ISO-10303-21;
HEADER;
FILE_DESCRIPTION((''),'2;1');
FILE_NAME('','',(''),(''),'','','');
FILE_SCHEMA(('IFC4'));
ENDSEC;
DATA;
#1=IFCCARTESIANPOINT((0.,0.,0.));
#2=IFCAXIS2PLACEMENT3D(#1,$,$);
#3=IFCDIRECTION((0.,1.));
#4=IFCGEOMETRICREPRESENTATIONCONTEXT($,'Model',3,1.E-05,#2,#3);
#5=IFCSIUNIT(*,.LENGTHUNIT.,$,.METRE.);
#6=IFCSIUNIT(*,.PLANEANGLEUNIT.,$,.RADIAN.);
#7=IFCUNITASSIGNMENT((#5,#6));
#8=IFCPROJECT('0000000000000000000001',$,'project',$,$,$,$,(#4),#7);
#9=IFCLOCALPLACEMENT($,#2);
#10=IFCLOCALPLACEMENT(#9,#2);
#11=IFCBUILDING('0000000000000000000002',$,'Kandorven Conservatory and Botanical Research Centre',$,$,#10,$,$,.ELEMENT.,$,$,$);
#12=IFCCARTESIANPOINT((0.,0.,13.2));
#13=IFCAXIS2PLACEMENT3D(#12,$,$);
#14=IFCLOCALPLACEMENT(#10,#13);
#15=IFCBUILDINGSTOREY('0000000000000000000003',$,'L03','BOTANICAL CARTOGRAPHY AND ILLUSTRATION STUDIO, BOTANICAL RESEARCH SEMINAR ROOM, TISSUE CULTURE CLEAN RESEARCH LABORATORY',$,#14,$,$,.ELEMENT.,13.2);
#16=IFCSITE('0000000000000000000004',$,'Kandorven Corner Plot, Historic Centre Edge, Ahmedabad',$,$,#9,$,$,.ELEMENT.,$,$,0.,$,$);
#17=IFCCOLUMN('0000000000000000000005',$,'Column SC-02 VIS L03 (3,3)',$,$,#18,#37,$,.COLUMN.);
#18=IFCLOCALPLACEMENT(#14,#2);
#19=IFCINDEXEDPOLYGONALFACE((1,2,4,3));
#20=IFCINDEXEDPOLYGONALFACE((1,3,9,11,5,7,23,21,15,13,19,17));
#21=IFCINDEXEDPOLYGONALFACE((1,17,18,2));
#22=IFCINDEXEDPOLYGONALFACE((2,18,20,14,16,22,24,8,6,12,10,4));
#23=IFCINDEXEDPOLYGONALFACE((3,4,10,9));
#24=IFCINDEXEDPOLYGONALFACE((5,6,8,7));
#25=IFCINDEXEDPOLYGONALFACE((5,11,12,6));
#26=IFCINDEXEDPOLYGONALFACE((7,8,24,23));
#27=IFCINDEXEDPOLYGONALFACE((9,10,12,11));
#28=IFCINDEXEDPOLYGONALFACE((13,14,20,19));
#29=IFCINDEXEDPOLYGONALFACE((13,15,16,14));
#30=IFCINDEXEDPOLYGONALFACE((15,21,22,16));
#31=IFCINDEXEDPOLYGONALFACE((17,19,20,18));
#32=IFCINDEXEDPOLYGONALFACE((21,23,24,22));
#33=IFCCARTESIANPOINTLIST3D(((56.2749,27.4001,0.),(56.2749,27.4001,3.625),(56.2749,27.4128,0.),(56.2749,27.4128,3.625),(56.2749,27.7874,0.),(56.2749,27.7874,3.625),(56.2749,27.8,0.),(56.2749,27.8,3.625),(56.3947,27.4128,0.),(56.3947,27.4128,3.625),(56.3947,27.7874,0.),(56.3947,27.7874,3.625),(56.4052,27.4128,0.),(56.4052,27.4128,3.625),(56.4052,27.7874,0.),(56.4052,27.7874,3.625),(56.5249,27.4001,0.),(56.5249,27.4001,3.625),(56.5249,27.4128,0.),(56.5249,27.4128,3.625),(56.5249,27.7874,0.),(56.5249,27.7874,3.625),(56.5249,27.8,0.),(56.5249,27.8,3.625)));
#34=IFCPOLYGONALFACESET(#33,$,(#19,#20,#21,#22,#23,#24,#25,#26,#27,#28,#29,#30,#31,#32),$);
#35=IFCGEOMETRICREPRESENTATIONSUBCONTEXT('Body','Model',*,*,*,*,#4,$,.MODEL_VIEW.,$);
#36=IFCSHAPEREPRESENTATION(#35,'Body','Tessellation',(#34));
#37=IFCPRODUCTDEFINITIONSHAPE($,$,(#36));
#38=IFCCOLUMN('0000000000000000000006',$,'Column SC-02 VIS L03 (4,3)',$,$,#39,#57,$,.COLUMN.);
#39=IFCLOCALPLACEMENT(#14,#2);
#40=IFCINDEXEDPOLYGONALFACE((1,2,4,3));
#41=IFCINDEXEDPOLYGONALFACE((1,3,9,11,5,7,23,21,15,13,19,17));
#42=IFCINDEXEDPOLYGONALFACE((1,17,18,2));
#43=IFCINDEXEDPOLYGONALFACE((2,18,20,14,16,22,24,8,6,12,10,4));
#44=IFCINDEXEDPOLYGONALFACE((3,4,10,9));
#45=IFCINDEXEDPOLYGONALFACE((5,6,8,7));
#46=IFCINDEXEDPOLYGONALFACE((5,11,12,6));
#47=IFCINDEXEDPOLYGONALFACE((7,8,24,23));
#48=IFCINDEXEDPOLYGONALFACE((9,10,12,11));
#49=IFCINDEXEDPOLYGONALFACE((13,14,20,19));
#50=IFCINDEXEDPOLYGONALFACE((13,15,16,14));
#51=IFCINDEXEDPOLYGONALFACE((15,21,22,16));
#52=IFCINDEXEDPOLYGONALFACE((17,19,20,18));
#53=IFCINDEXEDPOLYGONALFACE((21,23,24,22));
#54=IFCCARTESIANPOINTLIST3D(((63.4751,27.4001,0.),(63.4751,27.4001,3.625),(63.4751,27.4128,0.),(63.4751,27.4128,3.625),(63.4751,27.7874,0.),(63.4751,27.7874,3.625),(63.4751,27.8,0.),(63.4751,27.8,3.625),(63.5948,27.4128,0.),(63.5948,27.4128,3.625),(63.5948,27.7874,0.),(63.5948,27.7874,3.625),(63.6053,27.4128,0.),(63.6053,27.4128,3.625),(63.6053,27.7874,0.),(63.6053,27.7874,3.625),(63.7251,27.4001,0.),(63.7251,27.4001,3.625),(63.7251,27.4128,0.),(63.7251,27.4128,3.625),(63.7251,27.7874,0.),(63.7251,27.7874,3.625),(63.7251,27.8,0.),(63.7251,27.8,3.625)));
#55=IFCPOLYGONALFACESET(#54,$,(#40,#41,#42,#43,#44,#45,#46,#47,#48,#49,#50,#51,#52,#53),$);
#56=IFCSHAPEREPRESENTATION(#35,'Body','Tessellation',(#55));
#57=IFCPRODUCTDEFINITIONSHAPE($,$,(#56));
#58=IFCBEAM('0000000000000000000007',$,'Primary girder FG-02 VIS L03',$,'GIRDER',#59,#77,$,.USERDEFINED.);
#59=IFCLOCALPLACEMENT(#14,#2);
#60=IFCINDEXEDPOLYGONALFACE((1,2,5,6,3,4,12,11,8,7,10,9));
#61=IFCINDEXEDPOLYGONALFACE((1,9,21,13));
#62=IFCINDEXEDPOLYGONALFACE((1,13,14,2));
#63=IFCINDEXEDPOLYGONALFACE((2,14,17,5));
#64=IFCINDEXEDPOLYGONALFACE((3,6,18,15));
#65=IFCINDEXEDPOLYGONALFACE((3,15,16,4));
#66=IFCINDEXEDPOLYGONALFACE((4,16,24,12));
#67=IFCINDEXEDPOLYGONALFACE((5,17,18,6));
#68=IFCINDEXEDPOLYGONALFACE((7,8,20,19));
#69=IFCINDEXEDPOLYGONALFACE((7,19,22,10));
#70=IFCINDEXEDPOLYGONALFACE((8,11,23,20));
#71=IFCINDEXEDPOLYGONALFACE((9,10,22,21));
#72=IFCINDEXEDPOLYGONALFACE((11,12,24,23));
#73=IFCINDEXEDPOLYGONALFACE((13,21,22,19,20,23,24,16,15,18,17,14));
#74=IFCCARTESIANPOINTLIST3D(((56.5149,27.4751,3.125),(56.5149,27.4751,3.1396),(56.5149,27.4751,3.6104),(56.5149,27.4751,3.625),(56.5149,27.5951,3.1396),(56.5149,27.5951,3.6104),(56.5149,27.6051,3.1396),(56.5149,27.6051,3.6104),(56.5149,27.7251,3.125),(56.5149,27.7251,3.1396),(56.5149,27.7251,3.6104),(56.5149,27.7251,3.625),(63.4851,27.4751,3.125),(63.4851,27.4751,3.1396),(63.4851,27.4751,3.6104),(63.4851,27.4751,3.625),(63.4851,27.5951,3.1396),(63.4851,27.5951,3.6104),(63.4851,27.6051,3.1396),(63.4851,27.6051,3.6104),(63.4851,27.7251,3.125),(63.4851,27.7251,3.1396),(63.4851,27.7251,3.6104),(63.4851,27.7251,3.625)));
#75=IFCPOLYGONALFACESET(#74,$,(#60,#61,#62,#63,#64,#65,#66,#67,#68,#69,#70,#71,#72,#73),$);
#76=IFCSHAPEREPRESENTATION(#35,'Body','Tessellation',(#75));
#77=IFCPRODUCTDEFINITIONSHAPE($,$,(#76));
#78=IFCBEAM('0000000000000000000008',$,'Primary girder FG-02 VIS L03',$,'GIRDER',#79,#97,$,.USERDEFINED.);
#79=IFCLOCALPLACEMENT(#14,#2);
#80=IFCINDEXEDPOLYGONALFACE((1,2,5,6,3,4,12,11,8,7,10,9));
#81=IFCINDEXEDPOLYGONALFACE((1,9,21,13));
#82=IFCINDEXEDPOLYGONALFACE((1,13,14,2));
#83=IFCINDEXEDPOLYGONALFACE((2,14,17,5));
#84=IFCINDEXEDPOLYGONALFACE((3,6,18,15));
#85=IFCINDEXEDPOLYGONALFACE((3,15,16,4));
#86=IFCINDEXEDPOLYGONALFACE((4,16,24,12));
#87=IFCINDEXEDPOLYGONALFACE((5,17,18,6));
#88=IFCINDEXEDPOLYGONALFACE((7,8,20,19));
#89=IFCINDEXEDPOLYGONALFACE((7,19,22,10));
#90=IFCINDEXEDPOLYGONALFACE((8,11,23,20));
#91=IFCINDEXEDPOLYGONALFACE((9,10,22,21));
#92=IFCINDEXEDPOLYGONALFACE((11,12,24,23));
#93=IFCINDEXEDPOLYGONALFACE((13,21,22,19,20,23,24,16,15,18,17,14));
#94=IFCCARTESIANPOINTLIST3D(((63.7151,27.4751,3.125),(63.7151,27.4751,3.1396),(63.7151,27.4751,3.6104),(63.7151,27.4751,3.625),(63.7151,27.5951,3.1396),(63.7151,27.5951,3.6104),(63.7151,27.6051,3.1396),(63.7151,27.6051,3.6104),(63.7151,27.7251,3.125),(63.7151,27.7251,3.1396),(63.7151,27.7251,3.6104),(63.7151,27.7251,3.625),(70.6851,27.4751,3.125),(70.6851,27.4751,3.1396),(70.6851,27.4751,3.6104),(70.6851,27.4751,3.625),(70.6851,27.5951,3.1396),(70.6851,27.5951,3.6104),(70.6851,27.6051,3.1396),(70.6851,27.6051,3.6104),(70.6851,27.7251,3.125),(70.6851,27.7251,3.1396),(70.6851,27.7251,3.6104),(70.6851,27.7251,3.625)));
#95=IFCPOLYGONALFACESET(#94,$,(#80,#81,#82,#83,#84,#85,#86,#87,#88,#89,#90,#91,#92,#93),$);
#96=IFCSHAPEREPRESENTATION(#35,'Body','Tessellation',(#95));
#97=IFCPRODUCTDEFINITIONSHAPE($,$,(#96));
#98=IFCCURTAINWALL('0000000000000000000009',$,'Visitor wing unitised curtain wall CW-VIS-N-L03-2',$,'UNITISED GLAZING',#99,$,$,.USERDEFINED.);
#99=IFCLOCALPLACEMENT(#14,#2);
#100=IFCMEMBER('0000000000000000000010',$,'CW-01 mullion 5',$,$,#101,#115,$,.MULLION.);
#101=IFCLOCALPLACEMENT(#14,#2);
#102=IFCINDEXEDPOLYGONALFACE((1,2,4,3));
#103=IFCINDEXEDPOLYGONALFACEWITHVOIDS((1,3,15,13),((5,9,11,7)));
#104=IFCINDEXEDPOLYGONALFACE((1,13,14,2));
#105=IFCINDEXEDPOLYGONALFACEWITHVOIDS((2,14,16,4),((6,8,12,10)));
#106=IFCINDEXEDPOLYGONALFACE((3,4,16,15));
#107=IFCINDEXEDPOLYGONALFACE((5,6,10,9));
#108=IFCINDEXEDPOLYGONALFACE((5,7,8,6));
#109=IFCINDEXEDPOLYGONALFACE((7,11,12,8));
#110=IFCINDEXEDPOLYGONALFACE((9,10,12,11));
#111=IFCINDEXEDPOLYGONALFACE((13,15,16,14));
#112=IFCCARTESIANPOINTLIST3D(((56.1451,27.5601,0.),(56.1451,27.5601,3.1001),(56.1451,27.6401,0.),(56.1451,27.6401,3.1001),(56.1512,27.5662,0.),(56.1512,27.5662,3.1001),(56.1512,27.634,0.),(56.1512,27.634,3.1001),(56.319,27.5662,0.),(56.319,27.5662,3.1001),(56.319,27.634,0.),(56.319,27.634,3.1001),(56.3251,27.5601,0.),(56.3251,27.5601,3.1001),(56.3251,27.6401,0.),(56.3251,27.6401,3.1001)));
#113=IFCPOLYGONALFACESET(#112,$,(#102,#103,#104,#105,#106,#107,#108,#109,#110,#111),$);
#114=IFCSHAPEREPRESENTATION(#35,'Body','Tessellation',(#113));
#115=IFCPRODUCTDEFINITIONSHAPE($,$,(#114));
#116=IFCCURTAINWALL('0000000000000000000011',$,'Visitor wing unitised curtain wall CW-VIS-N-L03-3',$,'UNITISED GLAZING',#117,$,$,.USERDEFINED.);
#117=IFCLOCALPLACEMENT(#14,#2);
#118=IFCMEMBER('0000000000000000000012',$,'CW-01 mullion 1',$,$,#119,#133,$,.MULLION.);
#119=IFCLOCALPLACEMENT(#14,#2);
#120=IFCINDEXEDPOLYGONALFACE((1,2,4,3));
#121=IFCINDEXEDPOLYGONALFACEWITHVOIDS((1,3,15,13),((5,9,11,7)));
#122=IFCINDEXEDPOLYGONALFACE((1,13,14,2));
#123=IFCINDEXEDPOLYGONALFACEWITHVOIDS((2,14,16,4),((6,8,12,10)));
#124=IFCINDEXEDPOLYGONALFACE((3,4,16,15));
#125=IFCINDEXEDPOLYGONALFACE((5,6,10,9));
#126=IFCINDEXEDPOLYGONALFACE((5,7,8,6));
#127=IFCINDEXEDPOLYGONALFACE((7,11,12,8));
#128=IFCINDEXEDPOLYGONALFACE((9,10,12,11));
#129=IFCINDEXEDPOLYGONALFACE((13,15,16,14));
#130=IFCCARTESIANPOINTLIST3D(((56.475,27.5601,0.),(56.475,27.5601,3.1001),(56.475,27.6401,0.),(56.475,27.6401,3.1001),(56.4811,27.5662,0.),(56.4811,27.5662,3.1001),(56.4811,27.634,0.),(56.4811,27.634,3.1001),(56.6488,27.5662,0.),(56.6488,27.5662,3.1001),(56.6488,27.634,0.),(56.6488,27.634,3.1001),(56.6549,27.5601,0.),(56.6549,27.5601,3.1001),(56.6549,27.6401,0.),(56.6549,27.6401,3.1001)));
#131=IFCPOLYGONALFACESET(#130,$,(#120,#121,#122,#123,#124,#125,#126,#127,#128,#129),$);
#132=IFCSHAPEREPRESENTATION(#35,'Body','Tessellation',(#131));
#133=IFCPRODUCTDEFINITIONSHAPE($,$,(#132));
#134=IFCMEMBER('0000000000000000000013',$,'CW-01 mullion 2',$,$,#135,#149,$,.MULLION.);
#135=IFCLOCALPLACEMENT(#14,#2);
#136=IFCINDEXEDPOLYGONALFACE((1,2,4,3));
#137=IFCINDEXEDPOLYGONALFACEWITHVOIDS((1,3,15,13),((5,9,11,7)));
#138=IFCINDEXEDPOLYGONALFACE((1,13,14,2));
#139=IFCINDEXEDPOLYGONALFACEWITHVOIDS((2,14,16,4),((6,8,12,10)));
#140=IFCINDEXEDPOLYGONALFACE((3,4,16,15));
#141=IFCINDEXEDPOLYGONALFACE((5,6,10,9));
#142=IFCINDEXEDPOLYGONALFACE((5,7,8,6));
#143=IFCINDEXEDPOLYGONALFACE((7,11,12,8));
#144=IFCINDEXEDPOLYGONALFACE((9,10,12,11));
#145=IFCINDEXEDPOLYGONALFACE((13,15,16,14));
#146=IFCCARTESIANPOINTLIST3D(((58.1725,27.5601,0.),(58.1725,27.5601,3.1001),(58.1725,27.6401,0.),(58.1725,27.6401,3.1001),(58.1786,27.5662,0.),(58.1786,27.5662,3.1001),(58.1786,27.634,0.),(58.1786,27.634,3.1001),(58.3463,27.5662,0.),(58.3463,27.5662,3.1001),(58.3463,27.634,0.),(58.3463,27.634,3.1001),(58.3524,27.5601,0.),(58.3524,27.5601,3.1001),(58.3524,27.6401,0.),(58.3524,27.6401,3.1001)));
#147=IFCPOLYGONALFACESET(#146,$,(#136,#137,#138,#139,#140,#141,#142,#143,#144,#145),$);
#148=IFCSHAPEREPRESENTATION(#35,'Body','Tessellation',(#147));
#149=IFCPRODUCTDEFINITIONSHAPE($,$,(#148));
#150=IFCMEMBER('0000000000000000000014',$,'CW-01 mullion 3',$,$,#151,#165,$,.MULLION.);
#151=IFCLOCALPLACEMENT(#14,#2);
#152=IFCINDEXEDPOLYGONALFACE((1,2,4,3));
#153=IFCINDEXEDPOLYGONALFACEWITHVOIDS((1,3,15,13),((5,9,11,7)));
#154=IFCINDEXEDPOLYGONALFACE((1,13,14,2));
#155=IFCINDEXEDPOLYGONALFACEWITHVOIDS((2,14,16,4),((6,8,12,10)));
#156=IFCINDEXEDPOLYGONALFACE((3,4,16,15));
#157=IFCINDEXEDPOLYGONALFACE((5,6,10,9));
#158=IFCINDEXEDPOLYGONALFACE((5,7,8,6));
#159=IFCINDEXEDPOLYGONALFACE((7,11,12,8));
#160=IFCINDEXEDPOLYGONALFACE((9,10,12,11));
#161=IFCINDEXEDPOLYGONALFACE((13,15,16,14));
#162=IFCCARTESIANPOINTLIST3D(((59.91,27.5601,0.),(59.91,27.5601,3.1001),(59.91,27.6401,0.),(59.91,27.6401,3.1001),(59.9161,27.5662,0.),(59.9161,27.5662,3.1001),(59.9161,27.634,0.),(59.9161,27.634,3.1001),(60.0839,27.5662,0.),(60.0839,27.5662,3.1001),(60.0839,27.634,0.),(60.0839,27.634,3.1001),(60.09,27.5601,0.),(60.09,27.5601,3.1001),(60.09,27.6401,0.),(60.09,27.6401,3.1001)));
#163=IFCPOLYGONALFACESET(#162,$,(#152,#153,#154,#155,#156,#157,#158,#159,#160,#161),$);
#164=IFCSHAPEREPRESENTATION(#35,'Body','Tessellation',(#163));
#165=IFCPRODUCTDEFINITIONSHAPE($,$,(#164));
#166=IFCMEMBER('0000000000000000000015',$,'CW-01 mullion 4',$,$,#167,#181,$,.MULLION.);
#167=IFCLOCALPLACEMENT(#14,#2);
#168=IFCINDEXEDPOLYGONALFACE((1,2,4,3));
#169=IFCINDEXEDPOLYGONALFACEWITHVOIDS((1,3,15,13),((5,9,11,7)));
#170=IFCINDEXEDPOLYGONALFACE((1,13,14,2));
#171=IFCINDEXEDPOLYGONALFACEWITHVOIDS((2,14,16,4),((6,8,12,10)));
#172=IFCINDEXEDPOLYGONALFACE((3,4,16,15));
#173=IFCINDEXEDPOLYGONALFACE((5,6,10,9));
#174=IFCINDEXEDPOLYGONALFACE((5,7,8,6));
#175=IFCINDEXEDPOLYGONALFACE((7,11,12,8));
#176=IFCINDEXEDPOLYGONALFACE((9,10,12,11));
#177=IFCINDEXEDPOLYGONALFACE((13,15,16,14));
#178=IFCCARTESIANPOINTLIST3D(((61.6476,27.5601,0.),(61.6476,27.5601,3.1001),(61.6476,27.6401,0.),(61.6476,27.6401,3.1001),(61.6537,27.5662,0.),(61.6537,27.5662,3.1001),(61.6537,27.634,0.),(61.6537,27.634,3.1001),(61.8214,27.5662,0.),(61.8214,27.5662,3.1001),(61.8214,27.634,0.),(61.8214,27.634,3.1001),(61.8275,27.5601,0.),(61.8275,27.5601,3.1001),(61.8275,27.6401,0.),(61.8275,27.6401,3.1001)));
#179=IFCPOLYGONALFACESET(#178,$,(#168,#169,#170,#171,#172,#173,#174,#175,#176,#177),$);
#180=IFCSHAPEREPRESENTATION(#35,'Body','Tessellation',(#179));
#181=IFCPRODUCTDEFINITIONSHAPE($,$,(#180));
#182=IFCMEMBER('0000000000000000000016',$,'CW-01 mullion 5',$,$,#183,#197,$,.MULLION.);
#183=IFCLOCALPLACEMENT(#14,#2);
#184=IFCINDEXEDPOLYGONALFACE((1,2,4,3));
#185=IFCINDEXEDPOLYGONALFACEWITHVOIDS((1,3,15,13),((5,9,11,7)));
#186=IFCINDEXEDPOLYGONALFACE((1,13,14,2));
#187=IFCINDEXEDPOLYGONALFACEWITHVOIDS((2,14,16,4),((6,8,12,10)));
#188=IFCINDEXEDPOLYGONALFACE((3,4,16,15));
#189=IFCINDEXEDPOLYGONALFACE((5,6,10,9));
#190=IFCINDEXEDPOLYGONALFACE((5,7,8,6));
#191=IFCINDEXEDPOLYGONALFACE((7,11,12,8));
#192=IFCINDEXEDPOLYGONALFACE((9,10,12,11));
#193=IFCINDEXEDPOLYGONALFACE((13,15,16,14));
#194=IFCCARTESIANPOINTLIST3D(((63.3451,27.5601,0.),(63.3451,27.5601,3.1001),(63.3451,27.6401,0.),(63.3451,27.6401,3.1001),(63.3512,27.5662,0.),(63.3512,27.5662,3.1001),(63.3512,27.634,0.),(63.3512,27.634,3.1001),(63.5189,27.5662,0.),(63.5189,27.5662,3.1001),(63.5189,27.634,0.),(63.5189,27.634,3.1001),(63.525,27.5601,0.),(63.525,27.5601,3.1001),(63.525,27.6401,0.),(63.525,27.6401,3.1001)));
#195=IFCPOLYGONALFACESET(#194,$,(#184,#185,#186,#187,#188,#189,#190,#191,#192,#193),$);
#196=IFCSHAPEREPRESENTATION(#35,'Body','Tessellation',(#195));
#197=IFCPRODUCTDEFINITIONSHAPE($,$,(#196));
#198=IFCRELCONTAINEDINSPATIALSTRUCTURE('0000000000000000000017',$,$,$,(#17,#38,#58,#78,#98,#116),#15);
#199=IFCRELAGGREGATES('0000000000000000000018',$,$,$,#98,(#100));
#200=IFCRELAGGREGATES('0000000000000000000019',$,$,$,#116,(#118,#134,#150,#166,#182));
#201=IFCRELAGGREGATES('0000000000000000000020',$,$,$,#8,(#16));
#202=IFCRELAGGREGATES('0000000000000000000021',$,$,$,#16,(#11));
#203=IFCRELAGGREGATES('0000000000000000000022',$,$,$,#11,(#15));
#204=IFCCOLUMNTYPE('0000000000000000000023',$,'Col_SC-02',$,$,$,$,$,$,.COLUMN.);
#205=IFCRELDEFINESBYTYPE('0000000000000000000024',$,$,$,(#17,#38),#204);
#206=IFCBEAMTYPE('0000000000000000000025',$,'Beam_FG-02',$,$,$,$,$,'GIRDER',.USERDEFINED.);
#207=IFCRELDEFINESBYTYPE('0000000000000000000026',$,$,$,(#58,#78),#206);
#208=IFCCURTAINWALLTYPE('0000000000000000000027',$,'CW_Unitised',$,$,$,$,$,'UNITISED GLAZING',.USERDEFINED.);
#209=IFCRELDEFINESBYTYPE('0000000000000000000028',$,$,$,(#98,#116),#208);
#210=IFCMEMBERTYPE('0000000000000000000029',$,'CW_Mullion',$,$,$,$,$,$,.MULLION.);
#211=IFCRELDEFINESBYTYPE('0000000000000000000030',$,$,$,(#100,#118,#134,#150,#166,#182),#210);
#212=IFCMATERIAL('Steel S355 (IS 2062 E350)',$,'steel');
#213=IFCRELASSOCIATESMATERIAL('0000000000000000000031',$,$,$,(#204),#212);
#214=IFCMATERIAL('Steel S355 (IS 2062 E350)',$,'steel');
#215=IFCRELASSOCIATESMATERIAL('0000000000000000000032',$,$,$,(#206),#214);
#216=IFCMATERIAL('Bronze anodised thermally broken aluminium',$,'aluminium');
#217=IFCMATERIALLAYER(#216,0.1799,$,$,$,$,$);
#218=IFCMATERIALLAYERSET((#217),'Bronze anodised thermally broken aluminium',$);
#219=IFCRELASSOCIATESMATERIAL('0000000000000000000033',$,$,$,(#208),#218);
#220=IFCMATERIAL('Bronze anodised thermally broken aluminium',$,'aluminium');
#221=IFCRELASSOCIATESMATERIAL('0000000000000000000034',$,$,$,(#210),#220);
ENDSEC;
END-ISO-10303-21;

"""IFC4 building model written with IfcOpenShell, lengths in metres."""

from ifc_helpers import new_model, si_unit, direction, frame, origin, origin_2d, place, context, subcontext, project, spatial, hollow_rectangle, i_section, extrude, material, layer, layer_set, material_profile, profile_set, type_object, element, aggregate, save


model = new_model("IFC4")

# Units and contexts
model_context = context("Model", 3, precision=1e-05, world=origin(), true_north=direction((0.0, 1.0)))
body_context = subcontext(model_context, "Body", "Model", "MODEL_VIEW")
ifc_project = project(units=[si_unit("LENGTHUNIT", "METRE"), si_unit("PLANEANGLEUNIT", "RADIAN")], contexts=[model_context])

# Site, building, storey
site_placement = place(None, origin())
site = spatial("IfcSite", under=ifc_project, at=site_placement, Name="Kandorven Corner Plot, Historic Centre Edge, Ahmedabad", CompositionType="ELEMENT", RefElevation=0.0)
building_placement = place(site_placement, origin())
building = spatial("IfcBuilding", under=site, at=building_placement, Name="Kandorven Conservatory and Botanical Research Centre", CompositionType="ELEMENT")
storey_placement = place(building_placement, frame((0.0, 0.0, 13.2)))
storey = spatial("IfcBuildingStorey", under=building, at=storey_placement, Name="L03", Description="BOTANICAL CARTOGRAPHY AND ILLUSTRATION STUDIO, BOTANICAL RESEARCH SEMINAR ROOM, TISSUE CULTURE CLEAN RESEARCH LABORATORY", CompositionType="ELEMENT", Elevation=13.2)

# Columns
ifc_material_1 = material(Name="Steel S355 (IS 2062 E350)", Category="steel")
ifc_material_profile_1 = material_profile(ifc_material_1, i_section(OverallWidth=0.25, OverallDepth=0.3999, WebThickness=0.0105, FlangeThickness=0.0127, at=origin_2d()))
ifc_profile_set_1 = profile_set([ifc_material_profile_1], Name="Steel S355 (IS 2062 E350)")
column_type = type_object("IfcColumnType", Name="Col_SC-02", PredefinedType="COLUMN", material=ifc_profile_set_1)
for number, where, z_axis, x_axis, name in (
    (1, (56.3999, 27.6001, 0.0), (0.0, 0.0, 1.0), (1.0, 0.0, 0.0), "Column SC-02 VIS L03 (3,3)"),
    (2, (63.6001, 27.6001, 0.0), (0.0, 0.0, 1.0), (1.0, 0.0, 0.0), "Column SC-02 VIS L03 (4,3)"),
):
    element("IfcColumn", number, at=place(storey_placement, frame(where, z_axis=z_axis, x_axis=x_axis)), inside=storey, type_object=column_type, Name=name, PredefinedType="COLUMN", context=body_context, shape_type="SweptSolid", body=[
        extrude(i_section(OverallWidth=0.25, OverallDepth=0.3999, WebThickness=0.0105, FlangeThickness=0.0127, at=origin_2d()), origin(), (0.0, 0.0, 1.0), 3.625),
    ])

# Beams
ifc_material_2 = material(Name="Steel S355 (IS 2062 E350)", Category="steel")
ifc_material_profile_2 = material_profile(ifc_material_2, i_section(OverallWidth=0.25, OverallDepth=0.5, WebThickness=0.01, FlangeThickness=0.0146, at=origin_2d()))
ifc_profile_set_2 = profile_set([ifc_material_profile_2], Name="Steel S355 (IS 2062 E350)")
beam_type = type_object("IfcBeamType", Name="Beam_FG-02", ElementType="GIRDER", PredefinedType="USERDEFINED", material=ifc_profile_set_2)
beam_1_placement = place(storey_placement, frame((56.5149, 27.6001, 3.375), z_axis=(1.0, 0.0, 0.0), x_axis=(0.0, 1.0, 0.0)))
element("IfcBeam", 3, at=beam_1_placement, inside=storey, type_object=beam_type, Name="Primary girder FG-02 VIS L03", ObjectType="GIRDER", PredefinedType="USERDEFINED", context=body_context, shape_type="SweptSolid", body=[
    extrude(i_section(OverallWidth=0.25, OverallDepth=0.5, WebThickness=0.01, FlangeThickness=0.0146, at=origin_2d()), origin(), (0.0, 0.0, 1.0), 6.9702),
])
beam_2_placement = place(storey_placement, frame((63.7151, 27.6001, 3.375), z_axis=(1.0, 0.0, 0.0), x_axis=(0.0, 1.0, 0.0)))
element("IfcBeam", 4, at=beam_2_placement, inside=storey, type_object=beam_type, Name="Primary girder FG-02 VIS L03", ObjectType="GIRDER", PredefinedType="USERDEFINED", context=body_context, shape_type="SweptSolid", body=[
    extrude(i_section(OverallWidth=0.25, OverallDepth=0.5, WebThickness=0.01, FlangeThickness=0.0146, at=origin_2d()), origin(), (0.0, 0.0, 1.0), 6.97),
])

# Curtain wall, member
ifc_material_3 = material(Name="Bronze anodised thermally broken aluminium", Category="aluminium")
ifc_layer_1 = layer(ifc_material_3, 0.1799)
ifc_layer_set_1 = layer_set([ifc_layer_1], Name="Bronze anodised thermally broken aluminium")
curtain_wall_type = type_object("IfcCurtainWallType", Name="CW_Unitised", ElementType="UNITISED GLAZING", PredefinedType="USERDEFINED", material=ifc_layer_set_1)
curtain_wall_1_placement = place(storey_placement, origin())
curtain_wall_1 = element("IfcCurtainWall", 5, at=curtain_wall_1_placement, inside=storey, type_object=curtain_wall_type, Name="Visitor wing unitised curtain wall CW-VIS-N-L03-2", ObjectType="UNITISED GLAZING", PredefinedType="USERDEFINED")
ifc_material_4 = material(Name="Bronze anodised thermally broken aluminium", Category="aluminium")
ifc_material_profile_3 = material_profile(ifc_material_4, hollow_rectangle(XDim=0.0801, YDim=0.1799, WallThickness=0.0061, at=origin_2d()))
ifc_profile_set_3 = profile_set([ifc_material_profile_3], Name="Bronze anodised thermally broken aluminium")
member_type_1 = type_object("IfcMemberType", Name="CW_Mullion", PredefinedType="MULLION", material=ifc_profile_set_3)
member_1_placement = place(storey_placement, frame((56.2351, 27.6001, 0.0), z_axis=(0.0, 0.0, 1.0), x_axis=(0.0, 1.0, 0.0)))
member_1 = element("IfcMember", 6, at=member_1_placement, type_object=member_type_1, Name="CW-01 mullion 5", PredefinedType="MULLION", context=body_context, shape_type="SweptSolid", body=[
    extrude(hollow_rectangle(XDim=0.0801, YDim=0.1799, WallThickness=0.0061, at=origin_2d()), origin(), (0.0, 0.0, 1.0), 3.1001),
])

# Curtain wall, members
curtain_wall_2_placement = place(storey_placement, origin())
curtain_wall_2 = element("IfcCurtainWall", 7, at=curtain_wall_2_placement, inside=storey, type_object=curtain_wall_type, Name="Visitor wing unitised curtain wall CW-VIS-N-L03-3", ObjectType="UNITISED GLAZING", PredefinedType="USERDEFINED")
member_2_placement = place(storey_placement, frame((56.5649, 27.6001, 0.0), z_axis=(0.0, 0.0, 1.0), x_axis=(0.0, 1.0, 0.0)))
member_2 = element("IfcMember", 8, at=member_2_placement, type_object=member_type_1, Name="CW-01 mullion 1", PredefinedType="MULLION", context=body_context, shape_type="SweptSolid", body=[
    extrude(hollow_rectangle(XDim=0.0801, YDim=0.1799, WallThickness=0.0061, at=origin_2d()), origin(), (0.0, 0.0, 1.0), 3.1001),
])
member_3_placement = place(storey_placement, frame((58.2625, 27.6001, 0.0), z_axis=(0.0, 0.0, 1.0), x_axis=(0.0, 1.0, 0.0)))
member_3 = element("IfcMember", 9, at=member_3_placement, type_object=member_type_1, Name="CW-01 mullion 2", PredefinedType="MULLION", context=body_context, shape_type="SweptSolid", body=[
    extrude(hollow_rectangle(XDim=0.0801, YDim=0.1799, WallThickness=0.0061, at=origin_2d()), origin(), (0.0, 0.0, 1.0), 3.1001),
])
member_4_placement = place(storey_placement, frame((60.0, 27.6001, 0.0), z_axis=(0.0, 0.0, 1.0), x_axis=(0.0, 1.0, 0.0)))
member_4 = element("IfcMember", 10, at=member_4_placement, type_object=member_type_1, Name="CW-01 mullion 3", PredefinedType="MULLION", context=body_context, shape_type="SweptSolid", body=[
    extrude(hollow_rectangle(XDim=0.0801, YDim=0.1799, WallThickness=0.0061, at=origin_2d()), origin(), (0.0, 0.0, 1.0), 3.1001),
])
member_5_placement = place(storey_placement, frame((61.7375, 27.6001, 0.0), z_axis=(0.0, 0.0, 1.0), x_axis=(0.0, 1.0, 0.0)))
member_5 = element("IfcMember", 11, at=member_5_placement, type_object=member_type_1, Name="CW-01 mullion 4", PredefinedType="MULLION", context=body_context, shape_type="SweptSolid", body=[
    extrude(hollow_rectangle(XDim=0.0801, YDim=0.1799, WallThickness=0.0061, at=origin_2d()), origin(), (0.0, 0.0, 1.0), 3.1001),
])
member_6_placement = place(storey_placement, frame((63.4351, 27.6001, 0.0), z_axis=(0.0, 0.0, 1.0), x_axis=(0.0, 1.0, 0.0)))
member_6 = element("IfcMember", 12, at=member_6_placement, type_object=member_type_1, Name="CW-01 mullion 5", PredefinedType="MULLION", context=body_context, shape_type="SweptSolid", body=[
    extrude(hollow_rectangle(XDim=0.0801, YDim=0.1799, WallThickness=0.0061, at=origin_2d()), origin(), (0.0, 0.0, 1.0), 3.1001),
])

aggregate(curtain_wall_1, [member_1])
aggregate(curtain_wall_2, [member_2, member_3, member_4, member_5, member_6])

save(model, "model.ifc")
